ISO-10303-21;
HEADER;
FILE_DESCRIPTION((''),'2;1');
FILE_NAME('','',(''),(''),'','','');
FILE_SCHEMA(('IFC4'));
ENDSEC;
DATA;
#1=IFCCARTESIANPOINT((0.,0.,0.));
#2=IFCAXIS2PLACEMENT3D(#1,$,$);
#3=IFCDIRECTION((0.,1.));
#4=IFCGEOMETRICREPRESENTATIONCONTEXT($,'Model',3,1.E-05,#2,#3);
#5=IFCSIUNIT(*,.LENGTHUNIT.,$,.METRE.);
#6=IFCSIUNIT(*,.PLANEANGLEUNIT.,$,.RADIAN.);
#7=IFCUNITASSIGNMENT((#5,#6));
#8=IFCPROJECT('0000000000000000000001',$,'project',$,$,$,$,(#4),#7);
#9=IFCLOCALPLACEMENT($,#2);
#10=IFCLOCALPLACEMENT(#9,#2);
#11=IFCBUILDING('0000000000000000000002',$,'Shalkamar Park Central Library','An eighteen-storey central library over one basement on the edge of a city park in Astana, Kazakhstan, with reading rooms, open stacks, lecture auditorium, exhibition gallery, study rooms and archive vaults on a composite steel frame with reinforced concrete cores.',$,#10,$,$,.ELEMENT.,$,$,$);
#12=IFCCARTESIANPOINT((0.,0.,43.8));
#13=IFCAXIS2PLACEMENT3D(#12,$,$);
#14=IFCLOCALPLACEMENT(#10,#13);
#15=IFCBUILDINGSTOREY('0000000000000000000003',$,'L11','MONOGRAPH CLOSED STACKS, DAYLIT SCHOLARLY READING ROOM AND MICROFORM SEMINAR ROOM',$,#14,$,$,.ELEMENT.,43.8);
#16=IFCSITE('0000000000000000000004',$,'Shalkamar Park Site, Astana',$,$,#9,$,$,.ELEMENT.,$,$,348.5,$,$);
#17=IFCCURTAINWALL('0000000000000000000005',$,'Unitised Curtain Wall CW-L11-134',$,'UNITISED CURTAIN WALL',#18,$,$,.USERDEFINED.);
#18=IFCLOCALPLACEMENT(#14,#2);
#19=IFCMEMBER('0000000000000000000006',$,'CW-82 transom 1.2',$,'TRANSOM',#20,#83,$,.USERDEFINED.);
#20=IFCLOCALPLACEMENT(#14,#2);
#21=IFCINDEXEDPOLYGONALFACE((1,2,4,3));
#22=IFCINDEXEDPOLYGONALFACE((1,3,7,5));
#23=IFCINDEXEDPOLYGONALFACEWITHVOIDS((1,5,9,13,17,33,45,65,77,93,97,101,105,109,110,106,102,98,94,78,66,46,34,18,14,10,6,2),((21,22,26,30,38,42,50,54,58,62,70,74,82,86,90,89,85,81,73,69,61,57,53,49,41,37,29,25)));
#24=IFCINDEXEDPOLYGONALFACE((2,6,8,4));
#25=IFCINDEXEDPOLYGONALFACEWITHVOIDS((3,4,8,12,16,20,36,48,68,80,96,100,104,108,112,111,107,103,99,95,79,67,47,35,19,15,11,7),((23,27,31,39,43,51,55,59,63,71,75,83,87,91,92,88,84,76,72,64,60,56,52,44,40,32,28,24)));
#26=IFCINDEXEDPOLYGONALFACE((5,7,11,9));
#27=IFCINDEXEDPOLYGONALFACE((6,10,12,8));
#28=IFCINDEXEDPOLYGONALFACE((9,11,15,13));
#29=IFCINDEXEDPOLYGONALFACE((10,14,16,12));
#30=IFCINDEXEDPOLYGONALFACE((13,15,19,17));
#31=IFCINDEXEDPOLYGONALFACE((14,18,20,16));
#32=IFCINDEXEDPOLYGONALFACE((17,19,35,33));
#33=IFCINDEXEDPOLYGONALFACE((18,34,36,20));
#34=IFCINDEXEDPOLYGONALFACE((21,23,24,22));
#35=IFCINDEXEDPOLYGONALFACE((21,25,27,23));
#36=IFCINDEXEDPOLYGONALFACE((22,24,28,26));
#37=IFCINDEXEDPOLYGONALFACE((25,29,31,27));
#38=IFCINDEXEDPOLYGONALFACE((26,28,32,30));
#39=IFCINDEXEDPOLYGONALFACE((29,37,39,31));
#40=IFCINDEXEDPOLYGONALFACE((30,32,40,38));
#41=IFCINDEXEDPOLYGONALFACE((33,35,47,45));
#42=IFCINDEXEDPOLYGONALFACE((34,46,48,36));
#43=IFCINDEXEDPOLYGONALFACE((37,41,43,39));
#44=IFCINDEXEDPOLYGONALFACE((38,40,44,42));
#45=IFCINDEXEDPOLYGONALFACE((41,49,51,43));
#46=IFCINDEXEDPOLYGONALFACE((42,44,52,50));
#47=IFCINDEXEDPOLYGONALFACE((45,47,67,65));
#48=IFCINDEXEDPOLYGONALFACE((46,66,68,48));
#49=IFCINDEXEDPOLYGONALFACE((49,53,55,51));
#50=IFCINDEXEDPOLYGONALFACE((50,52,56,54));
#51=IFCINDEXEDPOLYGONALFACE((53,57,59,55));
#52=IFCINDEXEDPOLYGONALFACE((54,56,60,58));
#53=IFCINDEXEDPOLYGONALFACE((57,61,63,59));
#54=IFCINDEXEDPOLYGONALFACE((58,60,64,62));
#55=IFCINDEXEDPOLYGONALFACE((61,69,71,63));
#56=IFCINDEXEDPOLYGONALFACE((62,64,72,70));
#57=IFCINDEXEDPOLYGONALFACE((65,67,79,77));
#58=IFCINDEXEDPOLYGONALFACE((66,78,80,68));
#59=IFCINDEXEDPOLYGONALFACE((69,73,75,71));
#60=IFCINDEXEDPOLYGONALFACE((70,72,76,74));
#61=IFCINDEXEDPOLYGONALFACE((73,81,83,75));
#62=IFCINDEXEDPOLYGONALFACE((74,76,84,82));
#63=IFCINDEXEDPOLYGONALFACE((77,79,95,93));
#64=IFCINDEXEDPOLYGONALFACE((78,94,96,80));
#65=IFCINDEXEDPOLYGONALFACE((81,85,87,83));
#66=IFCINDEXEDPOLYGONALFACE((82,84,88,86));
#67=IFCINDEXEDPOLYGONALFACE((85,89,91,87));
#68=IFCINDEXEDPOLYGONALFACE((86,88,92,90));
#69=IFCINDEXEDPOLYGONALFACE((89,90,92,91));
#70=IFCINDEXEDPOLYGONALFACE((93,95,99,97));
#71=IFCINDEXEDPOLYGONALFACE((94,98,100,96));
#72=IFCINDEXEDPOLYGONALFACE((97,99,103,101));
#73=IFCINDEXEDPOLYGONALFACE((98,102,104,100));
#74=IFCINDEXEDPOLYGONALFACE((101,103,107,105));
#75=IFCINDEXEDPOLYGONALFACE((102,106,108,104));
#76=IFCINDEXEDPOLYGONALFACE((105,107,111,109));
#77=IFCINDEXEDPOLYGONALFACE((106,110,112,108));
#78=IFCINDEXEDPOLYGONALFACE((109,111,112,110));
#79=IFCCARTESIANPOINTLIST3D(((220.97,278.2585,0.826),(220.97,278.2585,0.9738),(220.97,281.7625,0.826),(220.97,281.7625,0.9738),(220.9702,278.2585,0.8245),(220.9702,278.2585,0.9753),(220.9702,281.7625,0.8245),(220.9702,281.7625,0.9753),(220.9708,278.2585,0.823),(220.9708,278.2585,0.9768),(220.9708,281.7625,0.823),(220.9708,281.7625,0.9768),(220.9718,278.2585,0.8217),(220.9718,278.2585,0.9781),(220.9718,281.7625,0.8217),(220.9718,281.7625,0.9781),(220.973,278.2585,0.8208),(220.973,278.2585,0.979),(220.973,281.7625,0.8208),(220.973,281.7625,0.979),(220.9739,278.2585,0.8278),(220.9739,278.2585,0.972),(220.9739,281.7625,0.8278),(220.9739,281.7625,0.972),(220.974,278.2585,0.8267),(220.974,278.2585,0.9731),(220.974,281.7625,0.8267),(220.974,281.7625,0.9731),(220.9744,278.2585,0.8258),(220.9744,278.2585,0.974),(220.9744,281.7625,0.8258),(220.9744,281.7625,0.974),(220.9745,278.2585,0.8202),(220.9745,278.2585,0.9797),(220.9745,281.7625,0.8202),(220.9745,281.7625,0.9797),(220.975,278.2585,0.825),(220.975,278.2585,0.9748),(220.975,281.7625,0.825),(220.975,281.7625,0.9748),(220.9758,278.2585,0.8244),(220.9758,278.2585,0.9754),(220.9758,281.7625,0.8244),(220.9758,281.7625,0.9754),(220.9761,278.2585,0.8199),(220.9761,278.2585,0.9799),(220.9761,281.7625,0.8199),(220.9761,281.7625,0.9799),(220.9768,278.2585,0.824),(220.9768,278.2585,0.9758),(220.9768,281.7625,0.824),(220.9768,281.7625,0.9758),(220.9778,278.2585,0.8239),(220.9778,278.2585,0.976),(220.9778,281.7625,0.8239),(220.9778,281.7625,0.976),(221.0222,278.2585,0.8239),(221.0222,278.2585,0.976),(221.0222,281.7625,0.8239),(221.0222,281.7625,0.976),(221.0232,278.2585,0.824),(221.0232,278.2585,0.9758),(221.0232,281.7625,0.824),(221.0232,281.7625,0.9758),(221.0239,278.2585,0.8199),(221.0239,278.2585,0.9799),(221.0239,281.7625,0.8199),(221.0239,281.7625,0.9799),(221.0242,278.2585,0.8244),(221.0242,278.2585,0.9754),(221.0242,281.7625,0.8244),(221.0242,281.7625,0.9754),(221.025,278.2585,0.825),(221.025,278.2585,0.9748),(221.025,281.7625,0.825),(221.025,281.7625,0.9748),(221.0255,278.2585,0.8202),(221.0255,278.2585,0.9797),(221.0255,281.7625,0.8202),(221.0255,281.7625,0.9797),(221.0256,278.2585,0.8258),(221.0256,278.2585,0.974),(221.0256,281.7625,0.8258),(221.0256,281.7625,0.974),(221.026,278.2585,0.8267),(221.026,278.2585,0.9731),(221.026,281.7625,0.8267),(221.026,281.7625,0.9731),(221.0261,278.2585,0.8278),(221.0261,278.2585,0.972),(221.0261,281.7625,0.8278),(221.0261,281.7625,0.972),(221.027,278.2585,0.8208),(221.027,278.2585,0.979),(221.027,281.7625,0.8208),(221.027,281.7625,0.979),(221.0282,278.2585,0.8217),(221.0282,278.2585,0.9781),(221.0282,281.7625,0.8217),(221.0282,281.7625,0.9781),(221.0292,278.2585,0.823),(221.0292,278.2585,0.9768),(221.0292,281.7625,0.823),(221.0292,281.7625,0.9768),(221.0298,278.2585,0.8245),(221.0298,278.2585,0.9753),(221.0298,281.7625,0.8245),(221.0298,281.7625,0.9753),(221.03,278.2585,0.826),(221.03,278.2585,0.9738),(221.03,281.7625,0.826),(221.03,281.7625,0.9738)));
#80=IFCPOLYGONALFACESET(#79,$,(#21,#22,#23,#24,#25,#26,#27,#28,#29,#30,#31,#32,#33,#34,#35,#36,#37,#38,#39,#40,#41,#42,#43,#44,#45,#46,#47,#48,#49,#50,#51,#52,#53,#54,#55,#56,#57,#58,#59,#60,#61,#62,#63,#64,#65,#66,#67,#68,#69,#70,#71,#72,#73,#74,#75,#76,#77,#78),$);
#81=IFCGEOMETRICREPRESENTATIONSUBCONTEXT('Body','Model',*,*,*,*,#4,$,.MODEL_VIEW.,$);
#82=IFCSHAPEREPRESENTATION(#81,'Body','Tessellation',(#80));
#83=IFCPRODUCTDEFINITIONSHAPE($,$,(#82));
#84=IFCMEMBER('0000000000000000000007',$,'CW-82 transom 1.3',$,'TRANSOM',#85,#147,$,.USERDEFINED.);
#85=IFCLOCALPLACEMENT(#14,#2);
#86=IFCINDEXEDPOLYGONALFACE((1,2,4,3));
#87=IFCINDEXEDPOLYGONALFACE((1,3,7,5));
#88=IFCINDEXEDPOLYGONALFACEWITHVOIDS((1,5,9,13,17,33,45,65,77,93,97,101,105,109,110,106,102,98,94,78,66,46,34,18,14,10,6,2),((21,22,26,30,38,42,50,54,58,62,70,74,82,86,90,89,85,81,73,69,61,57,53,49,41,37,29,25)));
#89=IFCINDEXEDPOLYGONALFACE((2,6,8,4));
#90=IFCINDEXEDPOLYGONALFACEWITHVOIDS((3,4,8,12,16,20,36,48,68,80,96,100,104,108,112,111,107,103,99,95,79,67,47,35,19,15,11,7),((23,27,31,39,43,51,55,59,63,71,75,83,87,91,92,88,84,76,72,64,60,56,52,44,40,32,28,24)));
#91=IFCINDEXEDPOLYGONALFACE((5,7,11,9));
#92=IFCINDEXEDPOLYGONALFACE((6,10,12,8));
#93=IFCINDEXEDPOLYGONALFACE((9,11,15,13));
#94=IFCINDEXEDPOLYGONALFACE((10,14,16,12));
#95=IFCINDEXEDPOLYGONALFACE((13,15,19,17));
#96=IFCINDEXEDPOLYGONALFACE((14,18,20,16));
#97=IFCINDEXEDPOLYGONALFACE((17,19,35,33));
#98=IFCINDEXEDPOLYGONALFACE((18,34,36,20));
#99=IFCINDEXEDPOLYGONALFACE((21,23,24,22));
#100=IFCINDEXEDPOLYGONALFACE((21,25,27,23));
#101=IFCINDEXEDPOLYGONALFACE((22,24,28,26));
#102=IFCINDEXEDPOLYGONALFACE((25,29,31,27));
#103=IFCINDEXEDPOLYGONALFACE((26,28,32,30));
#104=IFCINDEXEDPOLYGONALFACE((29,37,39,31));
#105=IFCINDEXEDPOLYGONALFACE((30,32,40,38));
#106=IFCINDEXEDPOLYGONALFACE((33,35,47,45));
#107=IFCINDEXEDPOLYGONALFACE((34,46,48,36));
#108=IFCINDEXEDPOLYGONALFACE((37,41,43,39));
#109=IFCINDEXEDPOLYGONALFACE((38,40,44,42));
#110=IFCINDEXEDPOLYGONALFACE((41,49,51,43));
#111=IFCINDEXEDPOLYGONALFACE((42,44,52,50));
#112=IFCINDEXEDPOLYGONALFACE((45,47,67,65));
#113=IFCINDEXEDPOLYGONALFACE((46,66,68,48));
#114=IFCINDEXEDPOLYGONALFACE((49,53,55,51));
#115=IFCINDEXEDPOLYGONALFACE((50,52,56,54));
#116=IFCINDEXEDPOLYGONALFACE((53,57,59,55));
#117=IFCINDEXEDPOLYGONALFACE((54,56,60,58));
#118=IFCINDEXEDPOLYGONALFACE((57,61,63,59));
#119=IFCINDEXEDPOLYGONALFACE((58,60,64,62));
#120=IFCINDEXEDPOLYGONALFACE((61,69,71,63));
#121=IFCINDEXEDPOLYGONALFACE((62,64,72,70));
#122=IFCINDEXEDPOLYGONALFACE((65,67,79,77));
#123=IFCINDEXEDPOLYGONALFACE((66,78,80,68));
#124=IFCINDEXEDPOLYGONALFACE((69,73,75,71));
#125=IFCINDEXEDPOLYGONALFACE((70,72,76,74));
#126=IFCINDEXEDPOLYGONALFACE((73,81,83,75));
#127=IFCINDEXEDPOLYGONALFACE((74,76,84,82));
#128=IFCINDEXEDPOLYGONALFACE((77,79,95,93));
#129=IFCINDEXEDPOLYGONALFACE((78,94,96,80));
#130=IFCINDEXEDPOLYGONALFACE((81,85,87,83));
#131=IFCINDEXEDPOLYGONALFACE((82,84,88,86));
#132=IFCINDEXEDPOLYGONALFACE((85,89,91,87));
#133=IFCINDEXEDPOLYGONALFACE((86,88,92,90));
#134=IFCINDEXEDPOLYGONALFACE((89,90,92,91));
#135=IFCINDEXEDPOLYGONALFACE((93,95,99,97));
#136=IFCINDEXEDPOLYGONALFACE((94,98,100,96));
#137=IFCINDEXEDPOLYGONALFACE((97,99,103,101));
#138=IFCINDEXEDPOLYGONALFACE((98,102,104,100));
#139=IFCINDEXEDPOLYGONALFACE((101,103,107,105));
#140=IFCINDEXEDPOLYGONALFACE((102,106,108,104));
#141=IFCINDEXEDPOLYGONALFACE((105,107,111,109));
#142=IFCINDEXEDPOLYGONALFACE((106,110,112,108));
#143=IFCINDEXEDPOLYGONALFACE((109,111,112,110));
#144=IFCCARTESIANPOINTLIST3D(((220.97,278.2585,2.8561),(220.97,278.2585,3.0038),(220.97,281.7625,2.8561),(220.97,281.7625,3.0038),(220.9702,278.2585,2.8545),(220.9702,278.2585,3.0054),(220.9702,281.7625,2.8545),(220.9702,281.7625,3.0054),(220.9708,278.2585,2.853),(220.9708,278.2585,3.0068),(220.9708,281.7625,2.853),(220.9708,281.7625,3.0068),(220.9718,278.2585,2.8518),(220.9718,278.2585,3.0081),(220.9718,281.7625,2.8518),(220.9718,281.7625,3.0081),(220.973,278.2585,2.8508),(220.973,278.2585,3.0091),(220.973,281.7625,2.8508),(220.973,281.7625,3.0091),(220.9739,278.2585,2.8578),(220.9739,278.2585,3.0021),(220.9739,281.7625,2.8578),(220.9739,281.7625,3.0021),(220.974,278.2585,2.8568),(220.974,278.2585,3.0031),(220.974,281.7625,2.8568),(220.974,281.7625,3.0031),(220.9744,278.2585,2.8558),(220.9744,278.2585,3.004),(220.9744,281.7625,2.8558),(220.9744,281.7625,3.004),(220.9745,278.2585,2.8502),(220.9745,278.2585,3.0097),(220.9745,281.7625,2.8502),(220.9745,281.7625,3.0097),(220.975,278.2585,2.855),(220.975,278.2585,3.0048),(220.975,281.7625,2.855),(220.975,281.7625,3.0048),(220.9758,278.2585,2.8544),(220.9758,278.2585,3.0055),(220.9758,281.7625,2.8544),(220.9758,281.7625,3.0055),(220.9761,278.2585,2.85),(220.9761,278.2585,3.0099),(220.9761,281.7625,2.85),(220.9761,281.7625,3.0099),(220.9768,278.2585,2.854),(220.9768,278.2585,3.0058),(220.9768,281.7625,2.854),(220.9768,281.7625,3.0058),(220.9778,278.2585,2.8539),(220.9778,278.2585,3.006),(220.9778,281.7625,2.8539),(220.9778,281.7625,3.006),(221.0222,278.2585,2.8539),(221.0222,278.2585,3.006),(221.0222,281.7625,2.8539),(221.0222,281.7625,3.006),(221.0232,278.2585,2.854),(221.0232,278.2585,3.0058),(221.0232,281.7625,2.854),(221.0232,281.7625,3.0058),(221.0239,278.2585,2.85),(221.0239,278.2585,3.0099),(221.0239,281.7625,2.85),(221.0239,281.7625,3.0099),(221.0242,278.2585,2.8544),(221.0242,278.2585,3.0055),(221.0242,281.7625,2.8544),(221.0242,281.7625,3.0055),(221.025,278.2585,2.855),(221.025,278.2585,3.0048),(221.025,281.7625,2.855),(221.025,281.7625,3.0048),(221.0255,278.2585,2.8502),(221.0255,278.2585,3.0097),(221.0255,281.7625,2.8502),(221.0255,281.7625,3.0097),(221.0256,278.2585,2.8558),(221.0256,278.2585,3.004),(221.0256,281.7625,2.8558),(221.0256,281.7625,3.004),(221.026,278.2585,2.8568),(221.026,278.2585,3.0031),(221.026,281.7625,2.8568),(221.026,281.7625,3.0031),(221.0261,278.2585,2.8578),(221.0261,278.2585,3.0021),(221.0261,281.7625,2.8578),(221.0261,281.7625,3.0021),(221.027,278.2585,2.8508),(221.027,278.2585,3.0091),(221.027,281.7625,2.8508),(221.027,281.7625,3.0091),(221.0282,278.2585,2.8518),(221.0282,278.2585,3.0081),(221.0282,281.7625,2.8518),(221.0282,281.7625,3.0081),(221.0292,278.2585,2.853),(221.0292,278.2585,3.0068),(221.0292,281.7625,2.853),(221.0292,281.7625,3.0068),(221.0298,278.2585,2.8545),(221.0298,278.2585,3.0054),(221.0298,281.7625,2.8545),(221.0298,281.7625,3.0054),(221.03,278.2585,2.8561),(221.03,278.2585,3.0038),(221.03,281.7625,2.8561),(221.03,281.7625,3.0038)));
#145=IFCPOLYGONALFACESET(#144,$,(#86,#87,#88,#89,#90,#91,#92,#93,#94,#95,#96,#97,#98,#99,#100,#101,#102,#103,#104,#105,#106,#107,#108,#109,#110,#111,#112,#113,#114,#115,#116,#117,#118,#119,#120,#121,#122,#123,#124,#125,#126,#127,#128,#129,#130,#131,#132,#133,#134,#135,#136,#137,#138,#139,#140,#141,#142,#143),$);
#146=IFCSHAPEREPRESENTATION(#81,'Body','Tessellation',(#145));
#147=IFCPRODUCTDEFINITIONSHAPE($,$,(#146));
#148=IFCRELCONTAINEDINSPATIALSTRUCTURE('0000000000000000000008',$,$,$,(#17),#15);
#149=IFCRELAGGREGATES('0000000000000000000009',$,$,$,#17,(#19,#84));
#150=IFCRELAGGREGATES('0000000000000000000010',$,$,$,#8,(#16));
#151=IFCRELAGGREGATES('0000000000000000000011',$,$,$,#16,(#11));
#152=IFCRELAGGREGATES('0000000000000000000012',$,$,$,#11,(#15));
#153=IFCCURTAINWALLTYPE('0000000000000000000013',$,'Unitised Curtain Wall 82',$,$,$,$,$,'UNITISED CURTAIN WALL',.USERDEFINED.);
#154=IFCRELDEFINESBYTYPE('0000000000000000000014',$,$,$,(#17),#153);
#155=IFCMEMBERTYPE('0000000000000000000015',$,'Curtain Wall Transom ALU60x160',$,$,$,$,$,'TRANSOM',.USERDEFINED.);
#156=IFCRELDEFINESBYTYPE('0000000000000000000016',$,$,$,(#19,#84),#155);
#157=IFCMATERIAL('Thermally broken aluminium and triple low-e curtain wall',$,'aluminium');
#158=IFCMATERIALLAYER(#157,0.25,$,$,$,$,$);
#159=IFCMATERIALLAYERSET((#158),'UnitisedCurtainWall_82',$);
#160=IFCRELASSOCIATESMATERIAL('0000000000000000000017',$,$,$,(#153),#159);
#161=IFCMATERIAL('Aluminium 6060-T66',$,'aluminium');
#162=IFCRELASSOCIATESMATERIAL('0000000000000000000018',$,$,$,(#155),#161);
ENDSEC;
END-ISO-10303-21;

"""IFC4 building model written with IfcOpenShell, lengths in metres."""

from ifc_helpers import new_model, si_unit, direction, frame, origin, origin_2d, place, context, subcontext, project, spatial, hollow_rectangle, extrude, material, layer, layer_set, material_profile, profile_set, type_object, element, aggregate, save


model = new_model("IFC4")

# Units and contexts
model_context = context("Model", 3, precision=1e-05, world=origin(), true_north=direction((0.0, 1.0)))
body_context = subcontext(model_context, "Body", "Model", "MODEL_VIEW")
ifc_project = project(units=[si_unit("LENGTHUNIT", "METRE"), si_unit("PLANEANGLEUNIT", "RADIAN")], contexts=[model_context])

# Site, building, storey
site_placement = place(None, origin())
site = spatial("IfcSite", under=ifc_project, at=site_placement, Name="Shalkamar Park Site, Astana", CompositionType="ELEMENT", RefElevation=348.5)
building_placement = place(site_placement, origin())
building = spatial("IfcBuilding", under=site, at=building_placement, Name="Shalkamar Park Central Library", Description="An eighteen-storey central library over one basement on the edge of a city park in Astana, Kazakhstan, with reading rooms, open stacks, lecture auditorium, exhibition gallery, study rooms and archive vaults on a composite steel frame with reinforced concrete cores.", CompositionType="ELEMENT")
storey_placement = place(building_placement, frame((0.0, 0.0, 43.8)))
storey = spatial("IfcBuildingStorey", under=building, at=storey_placement, Name="L11", Description="MONOGRAPH CLOSED STACKS, DAYLIT SCHOLARLY READING ROOM AND MICROFORM SEMINAR ROOM", CompositionType="ELEMENT", Elevation=43.8)

# Curtain wall, members
ifc_material_1 = material(Name="Thermally broken aluminium and triple low-e curtain wall", Category="aluminium")
ifc_layer_1 = layer(ifc_material_1, 0.25)
ifc_layer_set_1 = layer_set([ifc_layer_1], Name="UnitisedCurtainWall_82")
curtain_wall_type_1 = type_object("IfcCurtainWallType", Name="Unitised Curtain Wall 82", ElementType="UNITISED CURTAIN WALL", PredefinedType="USERDEFINED", material=ifc_layer_set_1)
curtain_wall_1_placement = place(storey_placement, origin())
curtain_wall_1 = element("IfcCurtainWall", 1, at=curtain_wall_1_placement, inside=storey, type_object=curtain_wall_type_1, Name="Unitised Curtain Wall CW-L11-134", ObjectType="UNITISED CURTAIN WALL", PredefinedType="USERDEFINED")
ifc_material_2 = material(Name="Aluminium 6060-T66", Category="aluminium")
ifc_material_profile_1 = material_profile(ifc_material_2, hollow_rectangle(XDim=0.0601, YDim=0.1599, WallThickness=0.0039, InnerFilletRadius=0.0039, OuterFilletRadius=0.0061, at=origin_2d()), Name="ALU 60x160x4")
ifc_profile_set_1 = profile_set([ifc_material_profile_1], Name="Aluminium 6060-T66")
member_type_1 = type_object("IfcMemberType", Name="Curtain Wall Transom ALU60x160", ElementType="TRANSOM", PredefinedType="USERDEFINED", material=ifc_profile_set_1)
member_1_placement = place(storey_placement, frame((221.0, 278.2585, 0.8999), z_axis=(0.0, 1.0, 0.0), x_axis=(-1.0, 0.0, 0.0)))
member_1 = element("IfcMember", 2, at=member_1_placement, type_object=member_type_1, Name="CW-82 transom 1.2", ObjectType="TRANSOM", PredefinedType="USERDEFINED", context=body_context, shape_type="SweptSolid", body=[
    extrude(hollow_rectangle(XDim=0.0601, YDim=0.1599, WallThickness=0.0039, InnerFilletRadius=0.0039, OuterFilletRadius=0.0061, at=origin_2d()), origin(), (0.0, 0.0, 1.0), 3.5039),
])
member_2_placement = place(storey_placement, frame((221.0, 278.2585, 2.9299), z_axis=(0.0, 1.0, 0.0), x_axis=(-1.0, 0.0, 0.0)))
member_2 = element("IfcMember", 3, at=member_2_placement, type_object=member_type_1, Name="CW-82 transom 1.3", ObjectType="TRANSOM", PredefinedType="USERDEFINED", context=body_context, shape_type="SweptSolid", body=[
    extrude(hollow_rectangle(XDim=0.0601, YDim=0.1599, WallThickness=0.0039, InnerFilletRadius=0.0039, OuterFilletRadius=0.0061, at=origin_2d()), origin(), (0.0, 0.0, 1.0), 3.5039),
])

aggregate(curtain_wall_1, [member_1, member_2])

save(model, "model.ifc")
